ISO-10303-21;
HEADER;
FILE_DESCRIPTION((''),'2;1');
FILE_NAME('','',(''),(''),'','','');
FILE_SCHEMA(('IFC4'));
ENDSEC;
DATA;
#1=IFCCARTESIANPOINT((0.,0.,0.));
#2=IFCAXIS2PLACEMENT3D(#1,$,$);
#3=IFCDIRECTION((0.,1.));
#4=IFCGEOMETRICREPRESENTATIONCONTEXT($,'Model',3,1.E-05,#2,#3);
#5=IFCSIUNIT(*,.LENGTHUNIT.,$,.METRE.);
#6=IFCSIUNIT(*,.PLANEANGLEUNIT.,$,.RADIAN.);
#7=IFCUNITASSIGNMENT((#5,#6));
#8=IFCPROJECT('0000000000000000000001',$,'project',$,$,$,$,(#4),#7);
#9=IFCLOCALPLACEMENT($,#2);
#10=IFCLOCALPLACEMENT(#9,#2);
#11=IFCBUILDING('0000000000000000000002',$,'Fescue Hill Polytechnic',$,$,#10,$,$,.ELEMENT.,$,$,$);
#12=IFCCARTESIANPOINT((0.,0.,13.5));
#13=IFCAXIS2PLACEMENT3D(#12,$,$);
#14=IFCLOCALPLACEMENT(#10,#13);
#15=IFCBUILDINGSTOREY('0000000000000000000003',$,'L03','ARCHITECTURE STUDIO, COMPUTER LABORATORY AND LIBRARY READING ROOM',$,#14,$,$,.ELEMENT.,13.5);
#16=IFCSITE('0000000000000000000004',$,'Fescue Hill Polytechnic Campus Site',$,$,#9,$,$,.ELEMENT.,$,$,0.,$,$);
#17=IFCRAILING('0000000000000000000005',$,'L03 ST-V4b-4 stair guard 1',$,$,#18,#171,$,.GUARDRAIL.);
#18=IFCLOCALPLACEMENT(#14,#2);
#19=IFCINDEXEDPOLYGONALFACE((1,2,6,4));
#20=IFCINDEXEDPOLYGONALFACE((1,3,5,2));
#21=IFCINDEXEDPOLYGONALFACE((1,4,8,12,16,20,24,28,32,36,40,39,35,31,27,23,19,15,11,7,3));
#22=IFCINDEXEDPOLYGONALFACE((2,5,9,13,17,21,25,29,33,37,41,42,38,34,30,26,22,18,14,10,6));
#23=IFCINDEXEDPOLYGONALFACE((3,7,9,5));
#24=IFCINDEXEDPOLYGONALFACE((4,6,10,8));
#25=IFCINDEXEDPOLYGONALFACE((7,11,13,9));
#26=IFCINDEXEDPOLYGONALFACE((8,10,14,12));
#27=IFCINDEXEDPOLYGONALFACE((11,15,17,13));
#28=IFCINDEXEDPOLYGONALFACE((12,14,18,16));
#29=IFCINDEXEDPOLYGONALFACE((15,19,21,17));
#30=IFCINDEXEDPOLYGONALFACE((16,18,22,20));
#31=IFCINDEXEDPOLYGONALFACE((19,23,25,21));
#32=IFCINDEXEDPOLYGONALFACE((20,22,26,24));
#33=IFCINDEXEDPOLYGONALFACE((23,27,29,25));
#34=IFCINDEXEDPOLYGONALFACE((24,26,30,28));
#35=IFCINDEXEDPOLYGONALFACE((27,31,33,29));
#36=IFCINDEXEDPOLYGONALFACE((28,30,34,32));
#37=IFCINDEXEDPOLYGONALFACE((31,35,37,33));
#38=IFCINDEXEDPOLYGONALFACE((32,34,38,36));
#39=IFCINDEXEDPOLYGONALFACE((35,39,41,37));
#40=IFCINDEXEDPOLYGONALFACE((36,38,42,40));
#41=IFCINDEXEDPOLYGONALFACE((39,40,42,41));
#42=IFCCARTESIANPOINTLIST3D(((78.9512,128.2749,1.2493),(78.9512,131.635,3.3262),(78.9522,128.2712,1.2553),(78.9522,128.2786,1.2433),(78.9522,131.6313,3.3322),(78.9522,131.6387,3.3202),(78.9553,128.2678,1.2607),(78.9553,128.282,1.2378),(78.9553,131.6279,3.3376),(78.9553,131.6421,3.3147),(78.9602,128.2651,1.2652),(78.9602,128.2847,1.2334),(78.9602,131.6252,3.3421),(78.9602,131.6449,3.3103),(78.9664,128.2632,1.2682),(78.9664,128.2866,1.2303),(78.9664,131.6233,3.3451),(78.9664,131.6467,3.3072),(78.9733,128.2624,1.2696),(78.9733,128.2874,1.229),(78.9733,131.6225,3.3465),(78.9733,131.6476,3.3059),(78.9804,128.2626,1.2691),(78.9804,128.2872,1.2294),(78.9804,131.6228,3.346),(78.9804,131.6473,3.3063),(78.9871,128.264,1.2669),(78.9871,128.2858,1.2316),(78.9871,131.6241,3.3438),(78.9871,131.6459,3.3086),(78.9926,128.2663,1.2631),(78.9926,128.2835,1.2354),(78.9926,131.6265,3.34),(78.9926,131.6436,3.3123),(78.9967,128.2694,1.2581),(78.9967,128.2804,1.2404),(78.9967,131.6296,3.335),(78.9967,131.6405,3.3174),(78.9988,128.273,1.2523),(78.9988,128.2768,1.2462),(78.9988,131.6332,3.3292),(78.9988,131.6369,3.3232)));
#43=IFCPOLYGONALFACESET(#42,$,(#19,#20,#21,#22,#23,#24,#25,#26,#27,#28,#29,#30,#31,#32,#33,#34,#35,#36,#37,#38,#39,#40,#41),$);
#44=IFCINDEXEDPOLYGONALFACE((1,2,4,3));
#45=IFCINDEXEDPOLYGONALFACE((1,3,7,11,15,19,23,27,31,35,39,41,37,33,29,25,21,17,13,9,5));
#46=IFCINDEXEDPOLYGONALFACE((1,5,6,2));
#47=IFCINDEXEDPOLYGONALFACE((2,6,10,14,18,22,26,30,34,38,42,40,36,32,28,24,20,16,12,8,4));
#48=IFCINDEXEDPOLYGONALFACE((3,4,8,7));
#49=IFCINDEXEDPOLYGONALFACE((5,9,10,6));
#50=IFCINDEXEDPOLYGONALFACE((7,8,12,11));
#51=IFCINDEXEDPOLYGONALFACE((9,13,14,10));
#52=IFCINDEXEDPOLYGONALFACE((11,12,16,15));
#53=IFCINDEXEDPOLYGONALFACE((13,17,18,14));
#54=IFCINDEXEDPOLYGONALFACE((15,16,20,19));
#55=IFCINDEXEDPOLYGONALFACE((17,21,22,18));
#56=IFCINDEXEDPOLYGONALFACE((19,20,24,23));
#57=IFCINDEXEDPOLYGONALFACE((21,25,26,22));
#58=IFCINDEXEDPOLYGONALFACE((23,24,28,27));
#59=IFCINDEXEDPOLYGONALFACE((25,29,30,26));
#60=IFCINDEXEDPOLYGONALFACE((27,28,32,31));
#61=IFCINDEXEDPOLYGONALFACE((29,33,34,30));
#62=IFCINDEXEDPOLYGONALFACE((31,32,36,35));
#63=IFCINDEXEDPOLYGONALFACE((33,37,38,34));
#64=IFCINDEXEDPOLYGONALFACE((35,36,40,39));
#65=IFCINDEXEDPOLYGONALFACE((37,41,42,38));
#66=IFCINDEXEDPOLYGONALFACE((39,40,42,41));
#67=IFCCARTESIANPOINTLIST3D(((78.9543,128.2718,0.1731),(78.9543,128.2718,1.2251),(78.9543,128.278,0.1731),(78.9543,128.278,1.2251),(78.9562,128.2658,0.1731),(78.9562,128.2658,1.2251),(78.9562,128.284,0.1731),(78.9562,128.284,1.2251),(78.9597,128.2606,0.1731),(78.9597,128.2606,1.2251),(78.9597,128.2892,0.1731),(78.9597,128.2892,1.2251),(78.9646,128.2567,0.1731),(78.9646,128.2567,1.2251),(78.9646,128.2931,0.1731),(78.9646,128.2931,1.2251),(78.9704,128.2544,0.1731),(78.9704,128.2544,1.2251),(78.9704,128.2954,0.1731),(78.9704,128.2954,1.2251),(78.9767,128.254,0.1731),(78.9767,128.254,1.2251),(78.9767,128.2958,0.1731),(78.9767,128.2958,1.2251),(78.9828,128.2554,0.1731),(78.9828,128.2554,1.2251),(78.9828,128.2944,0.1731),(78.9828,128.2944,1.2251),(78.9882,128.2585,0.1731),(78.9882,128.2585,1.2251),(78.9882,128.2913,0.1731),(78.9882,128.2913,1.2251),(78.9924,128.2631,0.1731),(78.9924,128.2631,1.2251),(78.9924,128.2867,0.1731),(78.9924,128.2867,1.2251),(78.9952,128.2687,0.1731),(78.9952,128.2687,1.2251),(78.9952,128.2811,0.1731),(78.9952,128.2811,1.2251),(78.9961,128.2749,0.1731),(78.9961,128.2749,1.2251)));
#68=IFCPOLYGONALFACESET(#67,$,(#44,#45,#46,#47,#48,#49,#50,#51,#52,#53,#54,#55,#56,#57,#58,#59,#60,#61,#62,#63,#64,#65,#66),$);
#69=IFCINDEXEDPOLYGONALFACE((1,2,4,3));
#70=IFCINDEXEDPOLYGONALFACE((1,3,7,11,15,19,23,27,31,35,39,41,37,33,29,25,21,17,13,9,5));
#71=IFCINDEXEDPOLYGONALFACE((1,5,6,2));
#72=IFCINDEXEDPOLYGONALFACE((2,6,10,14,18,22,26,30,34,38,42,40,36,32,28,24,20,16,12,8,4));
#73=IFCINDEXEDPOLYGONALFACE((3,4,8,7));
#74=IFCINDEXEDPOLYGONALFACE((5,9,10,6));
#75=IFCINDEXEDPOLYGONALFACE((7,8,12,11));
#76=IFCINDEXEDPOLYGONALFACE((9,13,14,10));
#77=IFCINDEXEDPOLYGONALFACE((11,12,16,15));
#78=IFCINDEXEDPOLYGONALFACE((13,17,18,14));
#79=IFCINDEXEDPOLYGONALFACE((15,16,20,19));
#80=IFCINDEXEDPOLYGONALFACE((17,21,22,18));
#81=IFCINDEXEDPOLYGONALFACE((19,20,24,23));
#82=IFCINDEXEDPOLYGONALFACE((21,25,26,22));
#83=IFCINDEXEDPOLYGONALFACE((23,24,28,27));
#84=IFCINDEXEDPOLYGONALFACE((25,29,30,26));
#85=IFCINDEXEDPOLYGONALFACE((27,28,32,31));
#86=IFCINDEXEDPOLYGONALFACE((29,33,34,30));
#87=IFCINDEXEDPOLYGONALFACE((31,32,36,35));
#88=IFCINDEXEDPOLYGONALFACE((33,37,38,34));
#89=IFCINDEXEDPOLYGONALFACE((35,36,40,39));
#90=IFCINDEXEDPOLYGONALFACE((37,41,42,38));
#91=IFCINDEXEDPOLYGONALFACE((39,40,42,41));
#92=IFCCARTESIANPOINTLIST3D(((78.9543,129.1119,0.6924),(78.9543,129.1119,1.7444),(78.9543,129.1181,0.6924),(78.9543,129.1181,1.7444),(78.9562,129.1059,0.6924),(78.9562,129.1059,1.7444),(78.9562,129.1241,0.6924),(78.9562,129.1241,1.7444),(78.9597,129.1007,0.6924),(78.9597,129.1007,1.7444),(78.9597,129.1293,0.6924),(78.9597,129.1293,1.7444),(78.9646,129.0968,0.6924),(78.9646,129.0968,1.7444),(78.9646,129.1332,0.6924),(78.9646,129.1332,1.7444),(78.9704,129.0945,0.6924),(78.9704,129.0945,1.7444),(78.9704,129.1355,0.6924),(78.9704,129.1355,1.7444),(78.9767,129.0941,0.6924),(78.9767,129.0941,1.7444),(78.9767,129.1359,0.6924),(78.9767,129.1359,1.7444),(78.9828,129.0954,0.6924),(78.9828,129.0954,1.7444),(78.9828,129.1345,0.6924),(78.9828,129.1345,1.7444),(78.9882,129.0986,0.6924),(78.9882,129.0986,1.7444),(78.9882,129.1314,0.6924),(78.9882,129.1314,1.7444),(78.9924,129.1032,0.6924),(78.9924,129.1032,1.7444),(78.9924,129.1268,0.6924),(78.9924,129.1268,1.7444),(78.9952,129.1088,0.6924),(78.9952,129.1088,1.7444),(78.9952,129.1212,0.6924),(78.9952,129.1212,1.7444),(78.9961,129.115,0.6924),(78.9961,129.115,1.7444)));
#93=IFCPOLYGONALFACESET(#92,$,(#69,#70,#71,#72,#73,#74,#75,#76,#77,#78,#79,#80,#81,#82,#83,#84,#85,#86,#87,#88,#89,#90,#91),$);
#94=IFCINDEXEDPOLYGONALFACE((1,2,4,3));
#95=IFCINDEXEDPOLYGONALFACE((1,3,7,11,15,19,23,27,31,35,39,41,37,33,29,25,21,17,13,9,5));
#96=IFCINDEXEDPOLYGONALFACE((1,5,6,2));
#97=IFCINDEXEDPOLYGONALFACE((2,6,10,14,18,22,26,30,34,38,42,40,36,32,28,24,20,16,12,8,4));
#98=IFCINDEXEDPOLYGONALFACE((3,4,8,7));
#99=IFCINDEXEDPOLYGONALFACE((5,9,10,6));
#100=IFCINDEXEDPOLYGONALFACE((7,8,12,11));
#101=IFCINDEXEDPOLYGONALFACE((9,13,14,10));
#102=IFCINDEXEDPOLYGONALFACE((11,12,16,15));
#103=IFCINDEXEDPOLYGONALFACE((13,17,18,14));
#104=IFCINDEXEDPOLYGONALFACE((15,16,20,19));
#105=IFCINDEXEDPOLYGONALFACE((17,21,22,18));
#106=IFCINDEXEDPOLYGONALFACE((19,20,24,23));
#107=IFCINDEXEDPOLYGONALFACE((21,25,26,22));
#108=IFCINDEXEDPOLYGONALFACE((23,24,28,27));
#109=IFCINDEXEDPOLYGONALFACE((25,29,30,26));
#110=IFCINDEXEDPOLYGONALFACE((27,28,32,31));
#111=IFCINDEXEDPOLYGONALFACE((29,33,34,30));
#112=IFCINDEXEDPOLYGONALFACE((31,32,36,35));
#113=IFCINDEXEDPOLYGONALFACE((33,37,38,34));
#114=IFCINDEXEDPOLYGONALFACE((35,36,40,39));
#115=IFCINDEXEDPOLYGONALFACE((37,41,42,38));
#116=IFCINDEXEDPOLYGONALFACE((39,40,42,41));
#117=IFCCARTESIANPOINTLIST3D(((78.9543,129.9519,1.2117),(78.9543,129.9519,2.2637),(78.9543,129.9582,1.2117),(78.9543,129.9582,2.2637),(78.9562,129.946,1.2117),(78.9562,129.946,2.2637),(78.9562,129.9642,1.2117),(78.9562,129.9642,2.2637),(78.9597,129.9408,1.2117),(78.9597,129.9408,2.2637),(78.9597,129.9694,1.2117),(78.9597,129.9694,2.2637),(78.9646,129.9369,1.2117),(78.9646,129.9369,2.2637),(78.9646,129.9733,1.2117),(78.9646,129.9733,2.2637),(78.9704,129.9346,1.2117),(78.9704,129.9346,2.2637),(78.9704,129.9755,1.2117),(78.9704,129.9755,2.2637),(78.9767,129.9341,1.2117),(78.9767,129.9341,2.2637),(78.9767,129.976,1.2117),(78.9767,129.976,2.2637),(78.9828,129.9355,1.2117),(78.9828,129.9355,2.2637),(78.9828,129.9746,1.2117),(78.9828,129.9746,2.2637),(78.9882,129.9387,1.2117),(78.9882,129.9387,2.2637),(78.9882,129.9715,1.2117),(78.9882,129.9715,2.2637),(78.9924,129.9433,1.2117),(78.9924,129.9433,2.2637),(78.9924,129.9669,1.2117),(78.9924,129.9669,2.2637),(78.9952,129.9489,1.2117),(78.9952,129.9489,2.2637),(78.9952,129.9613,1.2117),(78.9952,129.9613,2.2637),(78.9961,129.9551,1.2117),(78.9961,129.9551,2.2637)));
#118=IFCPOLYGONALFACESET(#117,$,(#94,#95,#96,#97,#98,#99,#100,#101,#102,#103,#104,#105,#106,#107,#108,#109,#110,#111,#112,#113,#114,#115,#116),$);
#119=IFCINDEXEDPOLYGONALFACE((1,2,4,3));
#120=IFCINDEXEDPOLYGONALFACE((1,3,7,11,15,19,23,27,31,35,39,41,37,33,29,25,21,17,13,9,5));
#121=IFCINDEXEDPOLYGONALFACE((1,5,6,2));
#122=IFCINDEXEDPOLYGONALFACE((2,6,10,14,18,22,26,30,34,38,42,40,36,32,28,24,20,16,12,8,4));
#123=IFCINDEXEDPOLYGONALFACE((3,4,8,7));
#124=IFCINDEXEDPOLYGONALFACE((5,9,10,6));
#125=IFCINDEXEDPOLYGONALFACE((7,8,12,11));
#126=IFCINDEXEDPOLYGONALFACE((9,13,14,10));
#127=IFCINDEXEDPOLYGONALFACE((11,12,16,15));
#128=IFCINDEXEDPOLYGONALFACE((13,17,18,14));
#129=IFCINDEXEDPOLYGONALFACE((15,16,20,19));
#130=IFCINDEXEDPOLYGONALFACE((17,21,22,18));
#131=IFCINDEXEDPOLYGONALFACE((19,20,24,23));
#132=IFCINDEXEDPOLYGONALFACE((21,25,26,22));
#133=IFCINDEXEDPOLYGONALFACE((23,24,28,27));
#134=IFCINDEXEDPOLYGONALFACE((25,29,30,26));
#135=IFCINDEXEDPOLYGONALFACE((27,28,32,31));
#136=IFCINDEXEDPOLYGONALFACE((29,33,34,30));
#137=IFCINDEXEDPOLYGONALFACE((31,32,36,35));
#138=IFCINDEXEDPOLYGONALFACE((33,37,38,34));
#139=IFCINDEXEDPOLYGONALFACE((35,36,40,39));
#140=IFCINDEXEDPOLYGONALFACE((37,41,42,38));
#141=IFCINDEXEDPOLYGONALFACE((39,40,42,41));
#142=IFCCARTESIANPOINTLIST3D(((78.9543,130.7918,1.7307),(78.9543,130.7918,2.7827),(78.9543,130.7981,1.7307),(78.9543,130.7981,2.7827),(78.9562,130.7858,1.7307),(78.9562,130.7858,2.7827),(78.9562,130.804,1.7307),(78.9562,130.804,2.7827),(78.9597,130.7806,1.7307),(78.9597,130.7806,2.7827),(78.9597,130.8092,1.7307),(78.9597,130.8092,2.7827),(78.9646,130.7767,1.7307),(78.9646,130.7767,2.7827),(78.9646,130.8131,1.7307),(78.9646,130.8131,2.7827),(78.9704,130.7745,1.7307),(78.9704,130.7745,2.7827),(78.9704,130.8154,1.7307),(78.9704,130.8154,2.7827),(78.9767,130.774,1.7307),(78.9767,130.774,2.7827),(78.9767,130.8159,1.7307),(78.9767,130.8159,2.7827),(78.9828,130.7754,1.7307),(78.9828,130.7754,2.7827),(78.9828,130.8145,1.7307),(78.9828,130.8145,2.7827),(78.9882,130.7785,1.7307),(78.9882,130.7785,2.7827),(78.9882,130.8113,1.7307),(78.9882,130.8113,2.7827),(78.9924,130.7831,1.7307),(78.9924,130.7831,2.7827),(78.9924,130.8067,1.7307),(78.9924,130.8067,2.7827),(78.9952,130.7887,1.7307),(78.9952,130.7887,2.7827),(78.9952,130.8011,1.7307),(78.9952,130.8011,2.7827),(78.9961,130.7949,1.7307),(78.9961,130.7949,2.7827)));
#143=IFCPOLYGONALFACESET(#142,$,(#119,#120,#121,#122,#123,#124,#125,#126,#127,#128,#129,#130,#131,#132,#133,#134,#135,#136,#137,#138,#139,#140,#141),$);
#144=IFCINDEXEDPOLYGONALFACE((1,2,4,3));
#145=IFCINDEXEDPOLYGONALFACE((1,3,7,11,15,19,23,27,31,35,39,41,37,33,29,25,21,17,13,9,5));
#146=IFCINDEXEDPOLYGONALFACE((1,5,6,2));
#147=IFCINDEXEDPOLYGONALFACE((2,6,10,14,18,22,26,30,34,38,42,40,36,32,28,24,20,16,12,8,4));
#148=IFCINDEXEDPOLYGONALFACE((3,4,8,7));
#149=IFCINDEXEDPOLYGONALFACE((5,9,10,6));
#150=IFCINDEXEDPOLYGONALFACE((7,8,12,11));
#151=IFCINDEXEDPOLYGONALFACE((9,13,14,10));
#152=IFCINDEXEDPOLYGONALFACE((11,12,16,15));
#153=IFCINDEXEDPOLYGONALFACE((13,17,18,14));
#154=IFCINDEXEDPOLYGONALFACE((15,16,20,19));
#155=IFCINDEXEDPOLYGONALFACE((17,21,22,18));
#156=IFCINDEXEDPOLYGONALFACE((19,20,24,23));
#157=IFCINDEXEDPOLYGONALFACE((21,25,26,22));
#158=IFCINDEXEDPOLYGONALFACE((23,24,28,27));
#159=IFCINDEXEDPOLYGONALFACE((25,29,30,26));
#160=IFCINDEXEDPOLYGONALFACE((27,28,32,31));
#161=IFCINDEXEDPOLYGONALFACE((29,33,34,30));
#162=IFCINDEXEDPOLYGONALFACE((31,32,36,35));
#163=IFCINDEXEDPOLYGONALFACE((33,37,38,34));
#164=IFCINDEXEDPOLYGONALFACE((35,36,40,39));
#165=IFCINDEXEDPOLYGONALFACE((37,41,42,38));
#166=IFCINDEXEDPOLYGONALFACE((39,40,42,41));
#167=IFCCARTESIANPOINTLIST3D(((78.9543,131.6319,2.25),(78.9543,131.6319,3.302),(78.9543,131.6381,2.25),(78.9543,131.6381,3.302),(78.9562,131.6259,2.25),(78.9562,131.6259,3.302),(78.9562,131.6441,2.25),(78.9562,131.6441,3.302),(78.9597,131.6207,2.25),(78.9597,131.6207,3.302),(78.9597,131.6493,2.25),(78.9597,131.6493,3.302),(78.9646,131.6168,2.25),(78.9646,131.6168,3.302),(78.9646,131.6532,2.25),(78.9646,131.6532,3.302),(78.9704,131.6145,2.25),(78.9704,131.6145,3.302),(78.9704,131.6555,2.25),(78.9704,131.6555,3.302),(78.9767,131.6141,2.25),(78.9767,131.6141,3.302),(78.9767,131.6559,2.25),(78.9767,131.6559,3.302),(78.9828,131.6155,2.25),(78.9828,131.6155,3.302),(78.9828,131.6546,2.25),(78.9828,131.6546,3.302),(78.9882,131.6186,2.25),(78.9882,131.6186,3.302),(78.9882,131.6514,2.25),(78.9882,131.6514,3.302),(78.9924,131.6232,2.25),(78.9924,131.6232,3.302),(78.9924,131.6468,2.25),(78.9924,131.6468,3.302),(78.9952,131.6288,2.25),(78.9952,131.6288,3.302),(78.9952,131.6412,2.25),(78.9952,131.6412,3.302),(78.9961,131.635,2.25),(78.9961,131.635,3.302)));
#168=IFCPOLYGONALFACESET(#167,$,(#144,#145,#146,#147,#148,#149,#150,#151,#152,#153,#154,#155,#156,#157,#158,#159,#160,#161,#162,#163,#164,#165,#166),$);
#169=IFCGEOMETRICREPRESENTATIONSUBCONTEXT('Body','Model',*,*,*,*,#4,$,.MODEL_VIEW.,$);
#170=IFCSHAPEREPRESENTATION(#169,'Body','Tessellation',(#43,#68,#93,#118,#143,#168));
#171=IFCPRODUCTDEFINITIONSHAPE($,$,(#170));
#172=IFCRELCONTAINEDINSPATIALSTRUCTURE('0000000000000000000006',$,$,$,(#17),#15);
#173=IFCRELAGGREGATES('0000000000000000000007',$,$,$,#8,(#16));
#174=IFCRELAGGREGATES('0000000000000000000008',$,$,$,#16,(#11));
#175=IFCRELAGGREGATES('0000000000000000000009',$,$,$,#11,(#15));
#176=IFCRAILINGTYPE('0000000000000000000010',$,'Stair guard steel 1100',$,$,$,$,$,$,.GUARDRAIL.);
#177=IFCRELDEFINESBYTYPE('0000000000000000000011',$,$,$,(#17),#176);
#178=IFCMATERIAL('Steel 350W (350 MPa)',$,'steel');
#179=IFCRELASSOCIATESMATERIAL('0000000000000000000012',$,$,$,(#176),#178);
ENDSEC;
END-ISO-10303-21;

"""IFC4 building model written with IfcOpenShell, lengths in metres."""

from ifc_helpers import new_model, si_unit, direction, frame, origin, origin_2d, place, context, subcontext, project, spatial, circle, extrude, material, type_object, element, save


model = new_model("IFC4")

# Units and contexts
model_context = context("Model", 3, precision=1e-05, world=origin(), true_north=direction((0.0, 1.0)))
body_context = subcontext(model_context, "Body", "Model", "MODEL_VIEW")
ifc_project = project(units=[si_unit("LENGTHUNIT", "METRE"), si_unit("PLANEANGLEUNIT", "RADIAN")], contexts=[model_context])

# Site, building, storey
site_placement = place(None, origin())
site = spatial("IfcSite", under=ifc_project, at=site_placement, Name="Fescue Hill Polytechnic Campus Site", CompositionType="ELEMENT", RefElevation=0.0)
building_placement = place(site_placement, origin())
building = spatial("IfcBuilding", under=site, at=building_placement, Name="Fescue Hill Polytechnic", CompositionType="ELEMENT")
storey_placement = place(building_placement, frame((0.0, 0.0, 13.5)))
storey = spatial("IfcBuildingStorey", under=building, at=storey_placement, Name="L03", Description="ARCHITECTURE STUDIO, COMPUTER LABORATORY AND LIBRARY READING ROOM", CompositionType="ELEMENT", Elevation=13.5)

# Railing
ifc_material_1 = material(Name="Steel 350W (350 MPa)", Category="steel")
railing_type_1 = type_object("IfcRailingType", Name="Stair guard steel 1100", PredefinedType="GUARDRAIL", material=ifc_material_1)
railing_1_placement = place(storey_placement, frame((78.9751, 128.2749, 0.1731)))
element("IfcRailing", 1, at=railing_1_placement, inside=storey, type_object=railing_type_1, Name="L03 ST-V4b-4 stair guard 1", PredefinedType="GUARDRAIL", context=body_context, shape_type="SweptSolid", body=[
    extrude(circle(Radius=0.0239, at=origin_2d()), frame((0.0, 0.0, 1.0762), z_axis=(0.0, 0.850623, 0.525776), x_axis=(-1.0, 0.0, 0.0)), (0.0, 0.0, 1.0), 3.9502),
    extrude(circle(Radius=0.021, at=origin_2d()), origin(), (0.0, 0.0, 1.0), 1.052),
    extrude(circle(Radius=0.021, at=origin_2d()), frame((0.0, 0.8401, 0.5193)), (0.0, 0.0, 1.0), 1.052),
    extrude(circle(Radius=0.021, at=origin_2d()), frame((0.0, 1.6802, 1.0386)), (0.0, 0.0, 1.0), 1.052),
    extrude(circle(Radius=0.021, at=origin_2d()), frame((0.0, 2.52, 1.5576)), (0.0, 0.0, 1.0), 1.052),
    extrude(circle(Radius=0.021, at=origin_2d()), frame((0.0, 3.3601, 2.0769)), (0.0, 0.0, 1.0), 1.052),
])

save(model, "model.ifc")
